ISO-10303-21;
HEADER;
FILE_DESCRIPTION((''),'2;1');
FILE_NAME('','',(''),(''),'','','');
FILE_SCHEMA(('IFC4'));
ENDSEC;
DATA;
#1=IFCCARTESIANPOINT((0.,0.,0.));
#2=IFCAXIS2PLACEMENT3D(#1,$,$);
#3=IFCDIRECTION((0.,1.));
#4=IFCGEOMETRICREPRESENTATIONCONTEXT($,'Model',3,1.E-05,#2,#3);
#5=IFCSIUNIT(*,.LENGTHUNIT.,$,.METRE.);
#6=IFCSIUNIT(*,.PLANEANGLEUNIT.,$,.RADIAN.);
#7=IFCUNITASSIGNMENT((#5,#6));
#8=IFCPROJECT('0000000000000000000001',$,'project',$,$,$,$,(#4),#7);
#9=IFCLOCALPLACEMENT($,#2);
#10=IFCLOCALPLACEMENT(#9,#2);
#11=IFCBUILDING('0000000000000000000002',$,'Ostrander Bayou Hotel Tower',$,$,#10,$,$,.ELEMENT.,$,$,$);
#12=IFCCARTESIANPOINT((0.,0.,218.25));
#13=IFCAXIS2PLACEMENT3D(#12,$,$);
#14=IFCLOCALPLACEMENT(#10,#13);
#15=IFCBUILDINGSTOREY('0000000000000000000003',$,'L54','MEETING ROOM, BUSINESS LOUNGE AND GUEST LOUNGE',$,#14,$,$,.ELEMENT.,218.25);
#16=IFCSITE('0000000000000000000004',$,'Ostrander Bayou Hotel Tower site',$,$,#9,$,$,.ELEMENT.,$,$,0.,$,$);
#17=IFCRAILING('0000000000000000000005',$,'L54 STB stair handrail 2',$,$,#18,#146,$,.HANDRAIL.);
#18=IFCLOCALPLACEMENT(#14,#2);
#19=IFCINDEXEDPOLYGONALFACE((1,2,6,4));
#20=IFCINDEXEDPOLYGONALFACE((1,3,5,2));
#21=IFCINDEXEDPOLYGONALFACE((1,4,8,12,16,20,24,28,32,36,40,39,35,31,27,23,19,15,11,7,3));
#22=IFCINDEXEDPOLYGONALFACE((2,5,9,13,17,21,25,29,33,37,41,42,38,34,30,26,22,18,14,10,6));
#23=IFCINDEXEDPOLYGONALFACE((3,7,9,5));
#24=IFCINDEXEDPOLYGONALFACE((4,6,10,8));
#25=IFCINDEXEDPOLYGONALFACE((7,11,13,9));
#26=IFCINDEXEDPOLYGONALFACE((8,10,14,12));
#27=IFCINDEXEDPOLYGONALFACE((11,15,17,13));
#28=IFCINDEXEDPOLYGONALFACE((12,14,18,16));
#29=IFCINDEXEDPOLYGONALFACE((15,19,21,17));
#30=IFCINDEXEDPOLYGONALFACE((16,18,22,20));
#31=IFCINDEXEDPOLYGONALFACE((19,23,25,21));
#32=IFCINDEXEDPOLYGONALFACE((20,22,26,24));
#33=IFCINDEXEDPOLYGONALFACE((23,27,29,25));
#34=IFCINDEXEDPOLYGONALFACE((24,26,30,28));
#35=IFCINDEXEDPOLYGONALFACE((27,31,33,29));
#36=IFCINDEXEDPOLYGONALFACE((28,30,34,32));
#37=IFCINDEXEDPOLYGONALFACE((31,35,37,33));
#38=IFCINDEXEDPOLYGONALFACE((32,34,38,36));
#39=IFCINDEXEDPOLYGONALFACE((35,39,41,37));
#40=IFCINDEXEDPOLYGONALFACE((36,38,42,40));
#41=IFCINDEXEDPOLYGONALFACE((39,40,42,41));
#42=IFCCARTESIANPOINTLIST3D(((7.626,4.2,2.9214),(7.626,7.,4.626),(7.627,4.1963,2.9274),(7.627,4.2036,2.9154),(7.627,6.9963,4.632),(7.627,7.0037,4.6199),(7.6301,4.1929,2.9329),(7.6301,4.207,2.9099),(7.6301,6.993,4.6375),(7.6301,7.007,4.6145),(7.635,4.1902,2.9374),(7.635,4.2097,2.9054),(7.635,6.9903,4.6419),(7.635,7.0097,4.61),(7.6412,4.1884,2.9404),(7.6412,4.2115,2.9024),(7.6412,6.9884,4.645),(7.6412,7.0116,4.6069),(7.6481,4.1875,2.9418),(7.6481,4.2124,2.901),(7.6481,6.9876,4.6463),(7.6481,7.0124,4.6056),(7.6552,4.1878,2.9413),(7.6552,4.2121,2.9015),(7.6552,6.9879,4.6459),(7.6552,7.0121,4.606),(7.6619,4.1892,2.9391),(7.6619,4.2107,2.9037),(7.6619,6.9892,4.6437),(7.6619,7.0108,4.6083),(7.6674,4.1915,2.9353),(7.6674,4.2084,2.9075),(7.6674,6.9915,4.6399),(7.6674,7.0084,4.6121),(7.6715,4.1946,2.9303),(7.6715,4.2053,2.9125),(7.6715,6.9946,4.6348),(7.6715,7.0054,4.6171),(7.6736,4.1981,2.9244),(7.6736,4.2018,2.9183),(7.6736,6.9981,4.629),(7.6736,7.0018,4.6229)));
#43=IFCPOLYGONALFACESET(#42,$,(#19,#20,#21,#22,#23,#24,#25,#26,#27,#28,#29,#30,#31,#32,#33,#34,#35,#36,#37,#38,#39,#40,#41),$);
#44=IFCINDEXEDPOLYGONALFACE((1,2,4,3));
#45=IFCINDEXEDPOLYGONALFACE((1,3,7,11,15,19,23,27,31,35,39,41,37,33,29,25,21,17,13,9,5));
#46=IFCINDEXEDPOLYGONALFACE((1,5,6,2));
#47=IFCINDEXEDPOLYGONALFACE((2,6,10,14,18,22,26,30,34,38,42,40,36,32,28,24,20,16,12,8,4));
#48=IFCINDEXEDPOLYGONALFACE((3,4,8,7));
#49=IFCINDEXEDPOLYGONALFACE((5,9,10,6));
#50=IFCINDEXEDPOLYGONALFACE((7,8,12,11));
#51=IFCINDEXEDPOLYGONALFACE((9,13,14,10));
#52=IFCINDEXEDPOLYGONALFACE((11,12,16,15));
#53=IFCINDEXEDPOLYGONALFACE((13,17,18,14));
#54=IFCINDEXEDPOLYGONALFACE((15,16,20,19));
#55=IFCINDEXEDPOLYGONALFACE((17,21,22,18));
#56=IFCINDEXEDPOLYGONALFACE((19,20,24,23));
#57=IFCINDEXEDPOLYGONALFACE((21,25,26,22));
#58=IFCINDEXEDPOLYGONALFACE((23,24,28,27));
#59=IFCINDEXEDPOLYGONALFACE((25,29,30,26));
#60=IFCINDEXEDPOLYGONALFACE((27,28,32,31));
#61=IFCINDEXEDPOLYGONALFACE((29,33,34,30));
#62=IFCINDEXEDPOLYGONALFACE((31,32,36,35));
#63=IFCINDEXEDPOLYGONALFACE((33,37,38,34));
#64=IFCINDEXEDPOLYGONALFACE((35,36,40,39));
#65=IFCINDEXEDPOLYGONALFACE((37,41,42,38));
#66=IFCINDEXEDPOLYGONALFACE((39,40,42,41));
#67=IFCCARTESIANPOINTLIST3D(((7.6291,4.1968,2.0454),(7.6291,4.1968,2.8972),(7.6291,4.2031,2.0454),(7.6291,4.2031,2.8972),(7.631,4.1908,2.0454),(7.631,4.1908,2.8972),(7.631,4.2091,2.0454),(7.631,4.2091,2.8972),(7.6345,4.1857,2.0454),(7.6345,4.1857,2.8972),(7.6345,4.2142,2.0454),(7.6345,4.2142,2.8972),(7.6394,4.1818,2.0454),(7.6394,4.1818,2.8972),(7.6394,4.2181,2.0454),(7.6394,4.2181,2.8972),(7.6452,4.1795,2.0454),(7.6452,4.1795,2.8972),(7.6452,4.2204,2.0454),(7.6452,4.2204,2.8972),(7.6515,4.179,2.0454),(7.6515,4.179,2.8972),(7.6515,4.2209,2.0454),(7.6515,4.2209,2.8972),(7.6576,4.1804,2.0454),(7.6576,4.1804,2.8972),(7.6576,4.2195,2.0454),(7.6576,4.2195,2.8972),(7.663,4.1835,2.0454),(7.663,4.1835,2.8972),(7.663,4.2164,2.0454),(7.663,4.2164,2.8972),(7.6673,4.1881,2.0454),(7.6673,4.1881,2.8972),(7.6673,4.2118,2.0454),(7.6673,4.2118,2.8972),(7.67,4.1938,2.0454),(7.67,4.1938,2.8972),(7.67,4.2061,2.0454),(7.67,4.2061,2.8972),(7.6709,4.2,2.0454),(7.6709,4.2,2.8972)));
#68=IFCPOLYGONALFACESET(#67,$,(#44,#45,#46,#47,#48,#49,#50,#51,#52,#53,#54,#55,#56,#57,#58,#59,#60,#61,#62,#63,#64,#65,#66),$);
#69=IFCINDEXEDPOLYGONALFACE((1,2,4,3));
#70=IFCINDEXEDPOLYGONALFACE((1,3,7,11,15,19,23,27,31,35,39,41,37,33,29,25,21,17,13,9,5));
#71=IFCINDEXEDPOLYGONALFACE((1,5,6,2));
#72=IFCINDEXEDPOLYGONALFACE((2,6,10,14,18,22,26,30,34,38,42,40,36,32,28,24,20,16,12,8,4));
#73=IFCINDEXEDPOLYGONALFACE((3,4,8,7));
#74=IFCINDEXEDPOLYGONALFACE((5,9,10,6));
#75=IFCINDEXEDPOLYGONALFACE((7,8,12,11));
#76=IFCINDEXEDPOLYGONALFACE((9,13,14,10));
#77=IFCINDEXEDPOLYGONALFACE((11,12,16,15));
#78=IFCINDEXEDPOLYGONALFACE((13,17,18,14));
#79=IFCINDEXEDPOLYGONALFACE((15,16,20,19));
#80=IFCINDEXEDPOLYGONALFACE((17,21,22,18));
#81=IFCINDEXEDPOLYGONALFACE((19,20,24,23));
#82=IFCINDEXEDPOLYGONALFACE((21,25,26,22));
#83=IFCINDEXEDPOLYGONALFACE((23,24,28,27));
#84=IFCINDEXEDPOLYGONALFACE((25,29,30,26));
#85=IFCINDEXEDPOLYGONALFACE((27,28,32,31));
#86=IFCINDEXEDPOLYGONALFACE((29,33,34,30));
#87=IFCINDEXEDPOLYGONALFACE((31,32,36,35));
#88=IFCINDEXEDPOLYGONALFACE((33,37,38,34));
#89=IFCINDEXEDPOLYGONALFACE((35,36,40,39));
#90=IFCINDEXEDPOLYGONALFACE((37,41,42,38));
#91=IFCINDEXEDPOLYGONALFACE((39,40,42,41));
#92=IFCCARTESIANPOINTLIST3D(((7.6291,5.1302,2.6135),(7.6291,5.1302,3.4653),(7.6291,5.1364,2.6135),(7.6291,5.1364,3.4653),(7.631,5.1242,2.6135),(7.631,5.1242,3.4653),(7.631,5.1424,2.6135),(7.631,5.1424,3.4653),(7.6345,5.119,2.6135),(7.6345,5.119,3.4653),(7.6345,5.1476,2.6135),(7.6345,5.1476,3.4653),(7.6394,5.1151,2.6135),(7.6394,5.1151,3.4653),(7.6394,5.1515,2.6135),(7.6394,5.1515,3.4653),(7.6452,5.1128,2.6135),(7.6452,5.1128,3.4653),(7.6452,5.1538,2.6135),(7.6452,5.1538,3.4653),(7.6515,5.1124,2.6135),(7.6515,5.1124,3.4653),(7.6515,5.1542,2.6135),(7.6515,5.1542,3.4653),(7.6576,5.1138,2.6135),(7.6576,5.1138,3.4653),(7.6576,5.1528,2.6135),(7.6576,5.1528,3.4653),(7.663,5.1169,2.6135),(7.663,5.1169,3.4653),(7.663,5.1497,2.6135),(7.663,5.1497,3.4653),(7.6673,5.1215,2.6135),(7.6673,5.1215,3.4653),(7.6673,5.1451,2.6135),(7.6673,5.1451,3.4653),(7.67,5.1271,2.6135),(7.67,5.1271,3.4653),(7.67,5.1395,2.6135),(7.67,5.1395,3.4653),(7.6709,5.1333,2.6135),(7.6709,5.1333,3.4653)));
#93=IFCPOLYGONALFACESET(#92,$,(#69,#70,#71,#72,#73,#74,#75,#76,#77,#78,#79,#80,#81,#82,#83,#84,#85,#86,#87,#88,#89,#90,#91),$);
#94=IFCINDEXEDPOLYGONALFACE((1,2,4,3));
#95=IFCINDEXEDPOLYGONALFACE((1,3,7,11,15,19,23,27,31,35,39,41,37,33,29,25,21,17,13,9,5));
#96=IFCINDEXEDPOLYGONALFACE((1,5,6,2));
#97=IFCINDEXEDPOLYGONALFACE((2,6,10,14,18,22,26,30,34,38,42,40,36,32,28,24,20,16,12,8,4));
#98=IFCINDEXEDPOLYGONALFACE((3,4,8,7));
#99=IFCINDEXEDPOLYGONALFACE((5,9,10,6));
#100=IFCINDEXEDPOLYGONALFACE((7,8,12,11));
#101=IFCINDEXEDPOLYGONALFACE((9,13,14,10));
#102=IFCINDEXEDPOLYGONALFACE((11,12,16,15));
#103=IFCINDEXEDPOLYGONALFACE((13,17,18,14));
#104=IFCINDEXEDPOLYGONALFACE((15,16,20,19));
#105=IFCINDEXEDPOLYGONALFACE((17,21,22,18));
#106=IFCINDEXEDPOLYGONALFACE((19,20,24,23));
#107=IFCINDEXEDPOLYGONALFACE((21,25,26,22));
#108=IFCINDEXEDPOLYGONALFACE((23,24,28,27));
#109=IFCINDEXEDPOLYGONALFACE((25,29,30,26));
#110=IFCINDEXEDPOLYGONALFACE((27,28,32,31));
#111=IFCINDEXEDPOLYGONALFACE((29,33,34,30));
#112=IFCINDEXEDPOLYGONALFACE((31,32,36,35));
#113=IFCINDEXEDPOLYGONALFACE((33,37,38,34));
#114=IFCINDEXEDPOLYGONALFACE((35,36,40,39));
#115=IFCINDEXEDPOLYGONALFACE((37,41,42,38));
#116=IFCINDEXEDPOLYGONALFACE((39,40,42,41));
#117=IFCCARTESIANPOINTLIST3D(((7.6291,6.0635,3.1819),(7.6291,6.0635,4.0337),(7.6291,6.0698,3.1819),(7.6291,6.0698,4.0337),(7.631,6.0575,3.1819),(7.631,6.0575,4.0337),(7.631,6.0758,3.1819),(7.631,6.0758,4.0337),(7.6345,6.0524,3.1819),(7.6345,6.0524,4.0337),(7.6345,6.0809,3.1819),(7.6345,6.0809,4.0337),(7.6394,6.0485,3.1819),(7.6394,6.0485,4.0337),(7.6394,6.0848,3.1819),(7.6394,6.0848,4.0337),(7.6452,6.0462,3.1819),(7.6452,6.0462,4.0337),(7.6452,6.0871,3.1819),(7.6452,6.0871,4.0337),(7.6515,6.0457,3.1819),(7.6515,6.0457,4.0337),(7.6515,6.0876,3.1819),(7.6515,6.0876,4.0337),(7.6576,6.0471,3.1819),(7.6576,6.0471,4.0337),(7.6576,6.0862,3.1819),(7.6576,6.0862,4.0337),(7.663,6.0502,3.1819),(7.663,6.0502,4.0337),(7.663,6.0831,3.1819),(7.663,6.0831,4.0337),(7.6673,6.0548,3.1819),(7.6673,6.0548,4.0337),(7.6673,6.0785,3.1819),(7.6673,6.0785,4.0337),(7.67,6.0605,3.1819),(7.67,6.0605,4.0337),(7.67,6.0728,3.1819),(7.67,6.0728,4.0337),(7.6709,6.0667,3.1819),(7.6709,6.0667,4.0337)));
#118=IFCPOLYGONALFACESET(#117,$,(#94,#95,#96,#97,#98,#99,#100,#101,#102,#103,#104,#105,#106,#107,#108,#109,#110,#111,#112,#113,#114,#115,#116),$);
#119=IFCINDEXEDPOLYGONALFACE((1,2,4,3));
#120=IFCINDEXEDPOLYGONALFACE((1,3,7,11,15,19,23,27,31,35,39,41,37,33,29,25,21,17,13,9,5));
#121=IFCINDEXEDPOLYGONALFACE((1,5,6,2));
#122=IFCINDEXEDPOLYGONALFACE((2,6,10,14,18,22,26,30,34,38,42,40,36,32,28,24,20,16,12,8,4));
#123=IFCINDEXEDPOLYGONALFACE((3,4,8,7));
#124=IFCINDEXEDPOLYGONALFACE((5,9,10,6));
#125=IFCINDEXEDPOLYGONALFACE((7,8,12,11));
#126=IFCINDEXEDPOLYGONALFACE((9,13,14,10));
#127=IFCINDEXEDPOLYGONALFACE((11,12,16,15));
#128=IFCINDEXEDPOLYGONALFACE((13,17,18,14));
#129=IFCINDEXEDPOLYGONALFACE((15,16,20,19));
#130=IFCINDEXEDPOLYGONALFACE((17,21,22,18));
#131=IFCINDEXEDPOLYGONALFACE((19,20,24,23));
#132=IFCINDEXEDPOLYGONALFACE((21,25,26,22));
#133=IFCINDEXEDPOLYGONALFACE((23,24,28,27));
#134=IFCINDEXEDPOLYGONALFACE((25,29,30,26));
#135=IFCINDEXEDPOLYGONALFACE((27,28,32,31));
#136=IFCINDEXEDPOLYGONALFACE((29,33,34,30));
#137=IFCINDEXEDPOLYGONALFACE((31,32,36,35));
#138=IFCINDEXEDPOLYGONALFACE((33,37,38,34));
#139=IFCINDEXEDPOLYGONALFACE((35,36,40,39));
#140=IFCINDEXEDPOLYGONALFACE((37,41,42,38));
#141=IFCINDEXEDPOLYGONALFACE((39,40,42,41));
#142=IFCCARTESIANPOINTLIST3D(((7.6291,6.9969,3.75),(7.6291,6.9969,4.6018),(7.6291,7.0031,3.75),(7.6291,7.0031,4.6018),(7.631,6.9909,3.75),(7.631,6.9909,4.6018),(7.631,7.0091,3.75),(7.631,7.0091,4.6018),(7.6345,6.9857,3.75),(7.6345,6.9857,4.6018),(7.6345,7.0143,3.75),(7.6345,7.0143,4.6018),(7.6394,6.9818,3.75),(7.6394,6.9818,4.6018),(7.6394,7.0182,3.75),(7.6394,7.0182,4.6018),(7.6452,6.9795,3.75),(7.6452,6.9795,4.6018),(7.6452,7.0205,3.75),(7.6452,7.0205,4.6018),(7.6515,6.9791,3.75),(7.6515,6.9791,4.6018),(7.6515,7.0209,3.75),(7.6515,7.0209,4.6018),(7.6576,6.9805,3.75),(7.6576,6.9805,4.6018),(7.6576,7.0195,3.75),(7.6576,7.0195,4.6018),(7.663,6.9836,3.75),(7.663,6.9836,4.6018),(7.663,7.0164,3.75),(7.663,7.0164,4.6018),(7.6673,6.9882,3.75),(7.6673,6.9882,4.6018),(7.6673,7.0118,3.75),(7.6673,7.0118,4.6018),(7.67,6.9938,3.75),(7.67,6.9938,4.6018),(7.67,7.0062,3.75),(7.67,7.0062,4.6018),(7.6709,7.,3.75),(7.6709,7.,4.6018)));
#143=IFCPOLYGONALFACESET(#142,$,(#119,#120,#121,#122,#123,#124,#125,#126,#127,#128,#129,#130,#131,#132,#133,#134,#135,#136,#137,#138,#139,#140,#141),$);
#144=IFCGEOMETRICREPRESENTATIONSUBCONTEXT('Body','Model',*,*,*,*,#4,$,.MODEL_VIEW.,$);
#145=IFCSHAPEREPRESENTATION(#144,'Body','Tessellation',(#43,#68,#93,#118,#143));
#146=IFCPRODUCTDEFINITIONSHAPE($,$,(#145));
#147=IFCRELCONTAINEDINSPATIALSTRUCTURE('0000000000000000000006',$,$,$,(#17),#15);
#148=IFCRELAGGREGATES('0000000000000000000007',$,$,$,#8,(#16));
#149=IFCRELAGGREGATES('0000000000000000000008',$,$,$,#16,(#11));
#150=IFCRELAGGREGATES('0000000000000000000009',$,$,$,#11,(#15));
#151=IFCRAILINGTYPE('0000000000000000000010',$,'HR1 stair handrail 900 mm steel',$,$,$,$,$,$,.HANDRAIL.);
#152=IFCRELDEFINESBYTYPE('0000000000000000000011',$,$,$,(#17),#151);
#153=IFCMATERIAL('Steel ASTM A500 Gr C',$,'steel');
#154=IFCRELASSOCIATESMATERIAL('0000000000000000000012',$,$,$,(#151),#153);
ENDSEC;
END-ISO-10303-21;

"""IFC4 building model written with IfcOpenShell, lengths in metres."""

from ifc_helpers import new_model, si_unit, direction, frame, origin, origin_2d, place, context, subcontext, project, spatial, circle, extrude, material, type_object, element, save


model = new_model("IFC4")

# Units and contexts
model_context = context("Model", 3, precision=1e-05, world=origin(), true_north=direction((0.0, 1.0)))
body_context = subcontext(model_context, "Body", "Model", "MODEL_VIEW")
ifc_project = project(units=[si_unit("LENGTHUNIT", "METRE"), si_unit("PLANEANGLEUNIT", "RADIAN")], contexts=[model_context])

# Site, building, storey
site_placement = place(None, origin())
site = spatial("IfcSite", under=ifc_project, at=site_placement, Name="Ostrander Bayou Hotel Tower site", CompositionType="ELEMENT", RefElevation=0.0)
building_placement = place(site_placement, origin())
building = spatial("IfcBuilding", under=site, at=building_placement, Name="Ostrander Bayou Hotel Tower", CompositionType="ELEMENT")
storey_placement = place(building_placement, frame((0.0, 0.0, 218.25)))
storey = spatial("IfcBuildingStorey", under=building, at=storey_placement, Name="L54", Description="MEETING ROOM, BUSINESS LOUNGE AND GUEST LOUNGE", CompositionType="ELEMENT", Elevation=218.25)

# Railing
ifc_material_1 = material(Name="Steel ASTM A500 Gr C", Category="steel")
railing_type_1 = type_object("IfcRailingType", Name="HR1 stair handrail 900 mm steel", PredefinedType="HANDRAIL", material=ifc_material_1)
railing_1_placement = place(storey_placement, frame((7.6499, 4.2, 2.0454)))
element("IfcRailing", 1, at=railing_1_placement, inside=storey, type_object=railing_type_1, Name="L54 STB stair handrail 2", PredefinedType="HANDRAIL", context=body_context, shape_type="SweptSolid", body=[
    extrude(circle(Radius=0.0239, at=origin_2d()), frame((0.0, 0.0, 0.876), z_axis=(0.0, 0.85417, 0.519994), x_axis=(-1.0, 0.0, 0.0)), (0.0, 0.0, 1.0), 3.2781),
    extrude(circle(Radius=0.021, at=origin_2d()), origin(), (0.0, 0.0, 1.0), 0.8518),
    extrude(circle(Radius=0.021, at=origin_2d()), frame((0.0, 0.9333, 0.5681)), (0.0, 0.0, 1.0), 0.8518),
    extrude(circle(Radius=0.021, at=origin_2d()), frame((0.0, 1.8667, 1.1365)), (0.0, 0.0, 1.0), 0.8518),
    extrude(circle(Radius=0.021, at=origin_2d()), frame((0.0, 2.8, 1.7046)), (0.0, 0.0, 1.0), 0.8518),
])

save(model, "model.ifc")
